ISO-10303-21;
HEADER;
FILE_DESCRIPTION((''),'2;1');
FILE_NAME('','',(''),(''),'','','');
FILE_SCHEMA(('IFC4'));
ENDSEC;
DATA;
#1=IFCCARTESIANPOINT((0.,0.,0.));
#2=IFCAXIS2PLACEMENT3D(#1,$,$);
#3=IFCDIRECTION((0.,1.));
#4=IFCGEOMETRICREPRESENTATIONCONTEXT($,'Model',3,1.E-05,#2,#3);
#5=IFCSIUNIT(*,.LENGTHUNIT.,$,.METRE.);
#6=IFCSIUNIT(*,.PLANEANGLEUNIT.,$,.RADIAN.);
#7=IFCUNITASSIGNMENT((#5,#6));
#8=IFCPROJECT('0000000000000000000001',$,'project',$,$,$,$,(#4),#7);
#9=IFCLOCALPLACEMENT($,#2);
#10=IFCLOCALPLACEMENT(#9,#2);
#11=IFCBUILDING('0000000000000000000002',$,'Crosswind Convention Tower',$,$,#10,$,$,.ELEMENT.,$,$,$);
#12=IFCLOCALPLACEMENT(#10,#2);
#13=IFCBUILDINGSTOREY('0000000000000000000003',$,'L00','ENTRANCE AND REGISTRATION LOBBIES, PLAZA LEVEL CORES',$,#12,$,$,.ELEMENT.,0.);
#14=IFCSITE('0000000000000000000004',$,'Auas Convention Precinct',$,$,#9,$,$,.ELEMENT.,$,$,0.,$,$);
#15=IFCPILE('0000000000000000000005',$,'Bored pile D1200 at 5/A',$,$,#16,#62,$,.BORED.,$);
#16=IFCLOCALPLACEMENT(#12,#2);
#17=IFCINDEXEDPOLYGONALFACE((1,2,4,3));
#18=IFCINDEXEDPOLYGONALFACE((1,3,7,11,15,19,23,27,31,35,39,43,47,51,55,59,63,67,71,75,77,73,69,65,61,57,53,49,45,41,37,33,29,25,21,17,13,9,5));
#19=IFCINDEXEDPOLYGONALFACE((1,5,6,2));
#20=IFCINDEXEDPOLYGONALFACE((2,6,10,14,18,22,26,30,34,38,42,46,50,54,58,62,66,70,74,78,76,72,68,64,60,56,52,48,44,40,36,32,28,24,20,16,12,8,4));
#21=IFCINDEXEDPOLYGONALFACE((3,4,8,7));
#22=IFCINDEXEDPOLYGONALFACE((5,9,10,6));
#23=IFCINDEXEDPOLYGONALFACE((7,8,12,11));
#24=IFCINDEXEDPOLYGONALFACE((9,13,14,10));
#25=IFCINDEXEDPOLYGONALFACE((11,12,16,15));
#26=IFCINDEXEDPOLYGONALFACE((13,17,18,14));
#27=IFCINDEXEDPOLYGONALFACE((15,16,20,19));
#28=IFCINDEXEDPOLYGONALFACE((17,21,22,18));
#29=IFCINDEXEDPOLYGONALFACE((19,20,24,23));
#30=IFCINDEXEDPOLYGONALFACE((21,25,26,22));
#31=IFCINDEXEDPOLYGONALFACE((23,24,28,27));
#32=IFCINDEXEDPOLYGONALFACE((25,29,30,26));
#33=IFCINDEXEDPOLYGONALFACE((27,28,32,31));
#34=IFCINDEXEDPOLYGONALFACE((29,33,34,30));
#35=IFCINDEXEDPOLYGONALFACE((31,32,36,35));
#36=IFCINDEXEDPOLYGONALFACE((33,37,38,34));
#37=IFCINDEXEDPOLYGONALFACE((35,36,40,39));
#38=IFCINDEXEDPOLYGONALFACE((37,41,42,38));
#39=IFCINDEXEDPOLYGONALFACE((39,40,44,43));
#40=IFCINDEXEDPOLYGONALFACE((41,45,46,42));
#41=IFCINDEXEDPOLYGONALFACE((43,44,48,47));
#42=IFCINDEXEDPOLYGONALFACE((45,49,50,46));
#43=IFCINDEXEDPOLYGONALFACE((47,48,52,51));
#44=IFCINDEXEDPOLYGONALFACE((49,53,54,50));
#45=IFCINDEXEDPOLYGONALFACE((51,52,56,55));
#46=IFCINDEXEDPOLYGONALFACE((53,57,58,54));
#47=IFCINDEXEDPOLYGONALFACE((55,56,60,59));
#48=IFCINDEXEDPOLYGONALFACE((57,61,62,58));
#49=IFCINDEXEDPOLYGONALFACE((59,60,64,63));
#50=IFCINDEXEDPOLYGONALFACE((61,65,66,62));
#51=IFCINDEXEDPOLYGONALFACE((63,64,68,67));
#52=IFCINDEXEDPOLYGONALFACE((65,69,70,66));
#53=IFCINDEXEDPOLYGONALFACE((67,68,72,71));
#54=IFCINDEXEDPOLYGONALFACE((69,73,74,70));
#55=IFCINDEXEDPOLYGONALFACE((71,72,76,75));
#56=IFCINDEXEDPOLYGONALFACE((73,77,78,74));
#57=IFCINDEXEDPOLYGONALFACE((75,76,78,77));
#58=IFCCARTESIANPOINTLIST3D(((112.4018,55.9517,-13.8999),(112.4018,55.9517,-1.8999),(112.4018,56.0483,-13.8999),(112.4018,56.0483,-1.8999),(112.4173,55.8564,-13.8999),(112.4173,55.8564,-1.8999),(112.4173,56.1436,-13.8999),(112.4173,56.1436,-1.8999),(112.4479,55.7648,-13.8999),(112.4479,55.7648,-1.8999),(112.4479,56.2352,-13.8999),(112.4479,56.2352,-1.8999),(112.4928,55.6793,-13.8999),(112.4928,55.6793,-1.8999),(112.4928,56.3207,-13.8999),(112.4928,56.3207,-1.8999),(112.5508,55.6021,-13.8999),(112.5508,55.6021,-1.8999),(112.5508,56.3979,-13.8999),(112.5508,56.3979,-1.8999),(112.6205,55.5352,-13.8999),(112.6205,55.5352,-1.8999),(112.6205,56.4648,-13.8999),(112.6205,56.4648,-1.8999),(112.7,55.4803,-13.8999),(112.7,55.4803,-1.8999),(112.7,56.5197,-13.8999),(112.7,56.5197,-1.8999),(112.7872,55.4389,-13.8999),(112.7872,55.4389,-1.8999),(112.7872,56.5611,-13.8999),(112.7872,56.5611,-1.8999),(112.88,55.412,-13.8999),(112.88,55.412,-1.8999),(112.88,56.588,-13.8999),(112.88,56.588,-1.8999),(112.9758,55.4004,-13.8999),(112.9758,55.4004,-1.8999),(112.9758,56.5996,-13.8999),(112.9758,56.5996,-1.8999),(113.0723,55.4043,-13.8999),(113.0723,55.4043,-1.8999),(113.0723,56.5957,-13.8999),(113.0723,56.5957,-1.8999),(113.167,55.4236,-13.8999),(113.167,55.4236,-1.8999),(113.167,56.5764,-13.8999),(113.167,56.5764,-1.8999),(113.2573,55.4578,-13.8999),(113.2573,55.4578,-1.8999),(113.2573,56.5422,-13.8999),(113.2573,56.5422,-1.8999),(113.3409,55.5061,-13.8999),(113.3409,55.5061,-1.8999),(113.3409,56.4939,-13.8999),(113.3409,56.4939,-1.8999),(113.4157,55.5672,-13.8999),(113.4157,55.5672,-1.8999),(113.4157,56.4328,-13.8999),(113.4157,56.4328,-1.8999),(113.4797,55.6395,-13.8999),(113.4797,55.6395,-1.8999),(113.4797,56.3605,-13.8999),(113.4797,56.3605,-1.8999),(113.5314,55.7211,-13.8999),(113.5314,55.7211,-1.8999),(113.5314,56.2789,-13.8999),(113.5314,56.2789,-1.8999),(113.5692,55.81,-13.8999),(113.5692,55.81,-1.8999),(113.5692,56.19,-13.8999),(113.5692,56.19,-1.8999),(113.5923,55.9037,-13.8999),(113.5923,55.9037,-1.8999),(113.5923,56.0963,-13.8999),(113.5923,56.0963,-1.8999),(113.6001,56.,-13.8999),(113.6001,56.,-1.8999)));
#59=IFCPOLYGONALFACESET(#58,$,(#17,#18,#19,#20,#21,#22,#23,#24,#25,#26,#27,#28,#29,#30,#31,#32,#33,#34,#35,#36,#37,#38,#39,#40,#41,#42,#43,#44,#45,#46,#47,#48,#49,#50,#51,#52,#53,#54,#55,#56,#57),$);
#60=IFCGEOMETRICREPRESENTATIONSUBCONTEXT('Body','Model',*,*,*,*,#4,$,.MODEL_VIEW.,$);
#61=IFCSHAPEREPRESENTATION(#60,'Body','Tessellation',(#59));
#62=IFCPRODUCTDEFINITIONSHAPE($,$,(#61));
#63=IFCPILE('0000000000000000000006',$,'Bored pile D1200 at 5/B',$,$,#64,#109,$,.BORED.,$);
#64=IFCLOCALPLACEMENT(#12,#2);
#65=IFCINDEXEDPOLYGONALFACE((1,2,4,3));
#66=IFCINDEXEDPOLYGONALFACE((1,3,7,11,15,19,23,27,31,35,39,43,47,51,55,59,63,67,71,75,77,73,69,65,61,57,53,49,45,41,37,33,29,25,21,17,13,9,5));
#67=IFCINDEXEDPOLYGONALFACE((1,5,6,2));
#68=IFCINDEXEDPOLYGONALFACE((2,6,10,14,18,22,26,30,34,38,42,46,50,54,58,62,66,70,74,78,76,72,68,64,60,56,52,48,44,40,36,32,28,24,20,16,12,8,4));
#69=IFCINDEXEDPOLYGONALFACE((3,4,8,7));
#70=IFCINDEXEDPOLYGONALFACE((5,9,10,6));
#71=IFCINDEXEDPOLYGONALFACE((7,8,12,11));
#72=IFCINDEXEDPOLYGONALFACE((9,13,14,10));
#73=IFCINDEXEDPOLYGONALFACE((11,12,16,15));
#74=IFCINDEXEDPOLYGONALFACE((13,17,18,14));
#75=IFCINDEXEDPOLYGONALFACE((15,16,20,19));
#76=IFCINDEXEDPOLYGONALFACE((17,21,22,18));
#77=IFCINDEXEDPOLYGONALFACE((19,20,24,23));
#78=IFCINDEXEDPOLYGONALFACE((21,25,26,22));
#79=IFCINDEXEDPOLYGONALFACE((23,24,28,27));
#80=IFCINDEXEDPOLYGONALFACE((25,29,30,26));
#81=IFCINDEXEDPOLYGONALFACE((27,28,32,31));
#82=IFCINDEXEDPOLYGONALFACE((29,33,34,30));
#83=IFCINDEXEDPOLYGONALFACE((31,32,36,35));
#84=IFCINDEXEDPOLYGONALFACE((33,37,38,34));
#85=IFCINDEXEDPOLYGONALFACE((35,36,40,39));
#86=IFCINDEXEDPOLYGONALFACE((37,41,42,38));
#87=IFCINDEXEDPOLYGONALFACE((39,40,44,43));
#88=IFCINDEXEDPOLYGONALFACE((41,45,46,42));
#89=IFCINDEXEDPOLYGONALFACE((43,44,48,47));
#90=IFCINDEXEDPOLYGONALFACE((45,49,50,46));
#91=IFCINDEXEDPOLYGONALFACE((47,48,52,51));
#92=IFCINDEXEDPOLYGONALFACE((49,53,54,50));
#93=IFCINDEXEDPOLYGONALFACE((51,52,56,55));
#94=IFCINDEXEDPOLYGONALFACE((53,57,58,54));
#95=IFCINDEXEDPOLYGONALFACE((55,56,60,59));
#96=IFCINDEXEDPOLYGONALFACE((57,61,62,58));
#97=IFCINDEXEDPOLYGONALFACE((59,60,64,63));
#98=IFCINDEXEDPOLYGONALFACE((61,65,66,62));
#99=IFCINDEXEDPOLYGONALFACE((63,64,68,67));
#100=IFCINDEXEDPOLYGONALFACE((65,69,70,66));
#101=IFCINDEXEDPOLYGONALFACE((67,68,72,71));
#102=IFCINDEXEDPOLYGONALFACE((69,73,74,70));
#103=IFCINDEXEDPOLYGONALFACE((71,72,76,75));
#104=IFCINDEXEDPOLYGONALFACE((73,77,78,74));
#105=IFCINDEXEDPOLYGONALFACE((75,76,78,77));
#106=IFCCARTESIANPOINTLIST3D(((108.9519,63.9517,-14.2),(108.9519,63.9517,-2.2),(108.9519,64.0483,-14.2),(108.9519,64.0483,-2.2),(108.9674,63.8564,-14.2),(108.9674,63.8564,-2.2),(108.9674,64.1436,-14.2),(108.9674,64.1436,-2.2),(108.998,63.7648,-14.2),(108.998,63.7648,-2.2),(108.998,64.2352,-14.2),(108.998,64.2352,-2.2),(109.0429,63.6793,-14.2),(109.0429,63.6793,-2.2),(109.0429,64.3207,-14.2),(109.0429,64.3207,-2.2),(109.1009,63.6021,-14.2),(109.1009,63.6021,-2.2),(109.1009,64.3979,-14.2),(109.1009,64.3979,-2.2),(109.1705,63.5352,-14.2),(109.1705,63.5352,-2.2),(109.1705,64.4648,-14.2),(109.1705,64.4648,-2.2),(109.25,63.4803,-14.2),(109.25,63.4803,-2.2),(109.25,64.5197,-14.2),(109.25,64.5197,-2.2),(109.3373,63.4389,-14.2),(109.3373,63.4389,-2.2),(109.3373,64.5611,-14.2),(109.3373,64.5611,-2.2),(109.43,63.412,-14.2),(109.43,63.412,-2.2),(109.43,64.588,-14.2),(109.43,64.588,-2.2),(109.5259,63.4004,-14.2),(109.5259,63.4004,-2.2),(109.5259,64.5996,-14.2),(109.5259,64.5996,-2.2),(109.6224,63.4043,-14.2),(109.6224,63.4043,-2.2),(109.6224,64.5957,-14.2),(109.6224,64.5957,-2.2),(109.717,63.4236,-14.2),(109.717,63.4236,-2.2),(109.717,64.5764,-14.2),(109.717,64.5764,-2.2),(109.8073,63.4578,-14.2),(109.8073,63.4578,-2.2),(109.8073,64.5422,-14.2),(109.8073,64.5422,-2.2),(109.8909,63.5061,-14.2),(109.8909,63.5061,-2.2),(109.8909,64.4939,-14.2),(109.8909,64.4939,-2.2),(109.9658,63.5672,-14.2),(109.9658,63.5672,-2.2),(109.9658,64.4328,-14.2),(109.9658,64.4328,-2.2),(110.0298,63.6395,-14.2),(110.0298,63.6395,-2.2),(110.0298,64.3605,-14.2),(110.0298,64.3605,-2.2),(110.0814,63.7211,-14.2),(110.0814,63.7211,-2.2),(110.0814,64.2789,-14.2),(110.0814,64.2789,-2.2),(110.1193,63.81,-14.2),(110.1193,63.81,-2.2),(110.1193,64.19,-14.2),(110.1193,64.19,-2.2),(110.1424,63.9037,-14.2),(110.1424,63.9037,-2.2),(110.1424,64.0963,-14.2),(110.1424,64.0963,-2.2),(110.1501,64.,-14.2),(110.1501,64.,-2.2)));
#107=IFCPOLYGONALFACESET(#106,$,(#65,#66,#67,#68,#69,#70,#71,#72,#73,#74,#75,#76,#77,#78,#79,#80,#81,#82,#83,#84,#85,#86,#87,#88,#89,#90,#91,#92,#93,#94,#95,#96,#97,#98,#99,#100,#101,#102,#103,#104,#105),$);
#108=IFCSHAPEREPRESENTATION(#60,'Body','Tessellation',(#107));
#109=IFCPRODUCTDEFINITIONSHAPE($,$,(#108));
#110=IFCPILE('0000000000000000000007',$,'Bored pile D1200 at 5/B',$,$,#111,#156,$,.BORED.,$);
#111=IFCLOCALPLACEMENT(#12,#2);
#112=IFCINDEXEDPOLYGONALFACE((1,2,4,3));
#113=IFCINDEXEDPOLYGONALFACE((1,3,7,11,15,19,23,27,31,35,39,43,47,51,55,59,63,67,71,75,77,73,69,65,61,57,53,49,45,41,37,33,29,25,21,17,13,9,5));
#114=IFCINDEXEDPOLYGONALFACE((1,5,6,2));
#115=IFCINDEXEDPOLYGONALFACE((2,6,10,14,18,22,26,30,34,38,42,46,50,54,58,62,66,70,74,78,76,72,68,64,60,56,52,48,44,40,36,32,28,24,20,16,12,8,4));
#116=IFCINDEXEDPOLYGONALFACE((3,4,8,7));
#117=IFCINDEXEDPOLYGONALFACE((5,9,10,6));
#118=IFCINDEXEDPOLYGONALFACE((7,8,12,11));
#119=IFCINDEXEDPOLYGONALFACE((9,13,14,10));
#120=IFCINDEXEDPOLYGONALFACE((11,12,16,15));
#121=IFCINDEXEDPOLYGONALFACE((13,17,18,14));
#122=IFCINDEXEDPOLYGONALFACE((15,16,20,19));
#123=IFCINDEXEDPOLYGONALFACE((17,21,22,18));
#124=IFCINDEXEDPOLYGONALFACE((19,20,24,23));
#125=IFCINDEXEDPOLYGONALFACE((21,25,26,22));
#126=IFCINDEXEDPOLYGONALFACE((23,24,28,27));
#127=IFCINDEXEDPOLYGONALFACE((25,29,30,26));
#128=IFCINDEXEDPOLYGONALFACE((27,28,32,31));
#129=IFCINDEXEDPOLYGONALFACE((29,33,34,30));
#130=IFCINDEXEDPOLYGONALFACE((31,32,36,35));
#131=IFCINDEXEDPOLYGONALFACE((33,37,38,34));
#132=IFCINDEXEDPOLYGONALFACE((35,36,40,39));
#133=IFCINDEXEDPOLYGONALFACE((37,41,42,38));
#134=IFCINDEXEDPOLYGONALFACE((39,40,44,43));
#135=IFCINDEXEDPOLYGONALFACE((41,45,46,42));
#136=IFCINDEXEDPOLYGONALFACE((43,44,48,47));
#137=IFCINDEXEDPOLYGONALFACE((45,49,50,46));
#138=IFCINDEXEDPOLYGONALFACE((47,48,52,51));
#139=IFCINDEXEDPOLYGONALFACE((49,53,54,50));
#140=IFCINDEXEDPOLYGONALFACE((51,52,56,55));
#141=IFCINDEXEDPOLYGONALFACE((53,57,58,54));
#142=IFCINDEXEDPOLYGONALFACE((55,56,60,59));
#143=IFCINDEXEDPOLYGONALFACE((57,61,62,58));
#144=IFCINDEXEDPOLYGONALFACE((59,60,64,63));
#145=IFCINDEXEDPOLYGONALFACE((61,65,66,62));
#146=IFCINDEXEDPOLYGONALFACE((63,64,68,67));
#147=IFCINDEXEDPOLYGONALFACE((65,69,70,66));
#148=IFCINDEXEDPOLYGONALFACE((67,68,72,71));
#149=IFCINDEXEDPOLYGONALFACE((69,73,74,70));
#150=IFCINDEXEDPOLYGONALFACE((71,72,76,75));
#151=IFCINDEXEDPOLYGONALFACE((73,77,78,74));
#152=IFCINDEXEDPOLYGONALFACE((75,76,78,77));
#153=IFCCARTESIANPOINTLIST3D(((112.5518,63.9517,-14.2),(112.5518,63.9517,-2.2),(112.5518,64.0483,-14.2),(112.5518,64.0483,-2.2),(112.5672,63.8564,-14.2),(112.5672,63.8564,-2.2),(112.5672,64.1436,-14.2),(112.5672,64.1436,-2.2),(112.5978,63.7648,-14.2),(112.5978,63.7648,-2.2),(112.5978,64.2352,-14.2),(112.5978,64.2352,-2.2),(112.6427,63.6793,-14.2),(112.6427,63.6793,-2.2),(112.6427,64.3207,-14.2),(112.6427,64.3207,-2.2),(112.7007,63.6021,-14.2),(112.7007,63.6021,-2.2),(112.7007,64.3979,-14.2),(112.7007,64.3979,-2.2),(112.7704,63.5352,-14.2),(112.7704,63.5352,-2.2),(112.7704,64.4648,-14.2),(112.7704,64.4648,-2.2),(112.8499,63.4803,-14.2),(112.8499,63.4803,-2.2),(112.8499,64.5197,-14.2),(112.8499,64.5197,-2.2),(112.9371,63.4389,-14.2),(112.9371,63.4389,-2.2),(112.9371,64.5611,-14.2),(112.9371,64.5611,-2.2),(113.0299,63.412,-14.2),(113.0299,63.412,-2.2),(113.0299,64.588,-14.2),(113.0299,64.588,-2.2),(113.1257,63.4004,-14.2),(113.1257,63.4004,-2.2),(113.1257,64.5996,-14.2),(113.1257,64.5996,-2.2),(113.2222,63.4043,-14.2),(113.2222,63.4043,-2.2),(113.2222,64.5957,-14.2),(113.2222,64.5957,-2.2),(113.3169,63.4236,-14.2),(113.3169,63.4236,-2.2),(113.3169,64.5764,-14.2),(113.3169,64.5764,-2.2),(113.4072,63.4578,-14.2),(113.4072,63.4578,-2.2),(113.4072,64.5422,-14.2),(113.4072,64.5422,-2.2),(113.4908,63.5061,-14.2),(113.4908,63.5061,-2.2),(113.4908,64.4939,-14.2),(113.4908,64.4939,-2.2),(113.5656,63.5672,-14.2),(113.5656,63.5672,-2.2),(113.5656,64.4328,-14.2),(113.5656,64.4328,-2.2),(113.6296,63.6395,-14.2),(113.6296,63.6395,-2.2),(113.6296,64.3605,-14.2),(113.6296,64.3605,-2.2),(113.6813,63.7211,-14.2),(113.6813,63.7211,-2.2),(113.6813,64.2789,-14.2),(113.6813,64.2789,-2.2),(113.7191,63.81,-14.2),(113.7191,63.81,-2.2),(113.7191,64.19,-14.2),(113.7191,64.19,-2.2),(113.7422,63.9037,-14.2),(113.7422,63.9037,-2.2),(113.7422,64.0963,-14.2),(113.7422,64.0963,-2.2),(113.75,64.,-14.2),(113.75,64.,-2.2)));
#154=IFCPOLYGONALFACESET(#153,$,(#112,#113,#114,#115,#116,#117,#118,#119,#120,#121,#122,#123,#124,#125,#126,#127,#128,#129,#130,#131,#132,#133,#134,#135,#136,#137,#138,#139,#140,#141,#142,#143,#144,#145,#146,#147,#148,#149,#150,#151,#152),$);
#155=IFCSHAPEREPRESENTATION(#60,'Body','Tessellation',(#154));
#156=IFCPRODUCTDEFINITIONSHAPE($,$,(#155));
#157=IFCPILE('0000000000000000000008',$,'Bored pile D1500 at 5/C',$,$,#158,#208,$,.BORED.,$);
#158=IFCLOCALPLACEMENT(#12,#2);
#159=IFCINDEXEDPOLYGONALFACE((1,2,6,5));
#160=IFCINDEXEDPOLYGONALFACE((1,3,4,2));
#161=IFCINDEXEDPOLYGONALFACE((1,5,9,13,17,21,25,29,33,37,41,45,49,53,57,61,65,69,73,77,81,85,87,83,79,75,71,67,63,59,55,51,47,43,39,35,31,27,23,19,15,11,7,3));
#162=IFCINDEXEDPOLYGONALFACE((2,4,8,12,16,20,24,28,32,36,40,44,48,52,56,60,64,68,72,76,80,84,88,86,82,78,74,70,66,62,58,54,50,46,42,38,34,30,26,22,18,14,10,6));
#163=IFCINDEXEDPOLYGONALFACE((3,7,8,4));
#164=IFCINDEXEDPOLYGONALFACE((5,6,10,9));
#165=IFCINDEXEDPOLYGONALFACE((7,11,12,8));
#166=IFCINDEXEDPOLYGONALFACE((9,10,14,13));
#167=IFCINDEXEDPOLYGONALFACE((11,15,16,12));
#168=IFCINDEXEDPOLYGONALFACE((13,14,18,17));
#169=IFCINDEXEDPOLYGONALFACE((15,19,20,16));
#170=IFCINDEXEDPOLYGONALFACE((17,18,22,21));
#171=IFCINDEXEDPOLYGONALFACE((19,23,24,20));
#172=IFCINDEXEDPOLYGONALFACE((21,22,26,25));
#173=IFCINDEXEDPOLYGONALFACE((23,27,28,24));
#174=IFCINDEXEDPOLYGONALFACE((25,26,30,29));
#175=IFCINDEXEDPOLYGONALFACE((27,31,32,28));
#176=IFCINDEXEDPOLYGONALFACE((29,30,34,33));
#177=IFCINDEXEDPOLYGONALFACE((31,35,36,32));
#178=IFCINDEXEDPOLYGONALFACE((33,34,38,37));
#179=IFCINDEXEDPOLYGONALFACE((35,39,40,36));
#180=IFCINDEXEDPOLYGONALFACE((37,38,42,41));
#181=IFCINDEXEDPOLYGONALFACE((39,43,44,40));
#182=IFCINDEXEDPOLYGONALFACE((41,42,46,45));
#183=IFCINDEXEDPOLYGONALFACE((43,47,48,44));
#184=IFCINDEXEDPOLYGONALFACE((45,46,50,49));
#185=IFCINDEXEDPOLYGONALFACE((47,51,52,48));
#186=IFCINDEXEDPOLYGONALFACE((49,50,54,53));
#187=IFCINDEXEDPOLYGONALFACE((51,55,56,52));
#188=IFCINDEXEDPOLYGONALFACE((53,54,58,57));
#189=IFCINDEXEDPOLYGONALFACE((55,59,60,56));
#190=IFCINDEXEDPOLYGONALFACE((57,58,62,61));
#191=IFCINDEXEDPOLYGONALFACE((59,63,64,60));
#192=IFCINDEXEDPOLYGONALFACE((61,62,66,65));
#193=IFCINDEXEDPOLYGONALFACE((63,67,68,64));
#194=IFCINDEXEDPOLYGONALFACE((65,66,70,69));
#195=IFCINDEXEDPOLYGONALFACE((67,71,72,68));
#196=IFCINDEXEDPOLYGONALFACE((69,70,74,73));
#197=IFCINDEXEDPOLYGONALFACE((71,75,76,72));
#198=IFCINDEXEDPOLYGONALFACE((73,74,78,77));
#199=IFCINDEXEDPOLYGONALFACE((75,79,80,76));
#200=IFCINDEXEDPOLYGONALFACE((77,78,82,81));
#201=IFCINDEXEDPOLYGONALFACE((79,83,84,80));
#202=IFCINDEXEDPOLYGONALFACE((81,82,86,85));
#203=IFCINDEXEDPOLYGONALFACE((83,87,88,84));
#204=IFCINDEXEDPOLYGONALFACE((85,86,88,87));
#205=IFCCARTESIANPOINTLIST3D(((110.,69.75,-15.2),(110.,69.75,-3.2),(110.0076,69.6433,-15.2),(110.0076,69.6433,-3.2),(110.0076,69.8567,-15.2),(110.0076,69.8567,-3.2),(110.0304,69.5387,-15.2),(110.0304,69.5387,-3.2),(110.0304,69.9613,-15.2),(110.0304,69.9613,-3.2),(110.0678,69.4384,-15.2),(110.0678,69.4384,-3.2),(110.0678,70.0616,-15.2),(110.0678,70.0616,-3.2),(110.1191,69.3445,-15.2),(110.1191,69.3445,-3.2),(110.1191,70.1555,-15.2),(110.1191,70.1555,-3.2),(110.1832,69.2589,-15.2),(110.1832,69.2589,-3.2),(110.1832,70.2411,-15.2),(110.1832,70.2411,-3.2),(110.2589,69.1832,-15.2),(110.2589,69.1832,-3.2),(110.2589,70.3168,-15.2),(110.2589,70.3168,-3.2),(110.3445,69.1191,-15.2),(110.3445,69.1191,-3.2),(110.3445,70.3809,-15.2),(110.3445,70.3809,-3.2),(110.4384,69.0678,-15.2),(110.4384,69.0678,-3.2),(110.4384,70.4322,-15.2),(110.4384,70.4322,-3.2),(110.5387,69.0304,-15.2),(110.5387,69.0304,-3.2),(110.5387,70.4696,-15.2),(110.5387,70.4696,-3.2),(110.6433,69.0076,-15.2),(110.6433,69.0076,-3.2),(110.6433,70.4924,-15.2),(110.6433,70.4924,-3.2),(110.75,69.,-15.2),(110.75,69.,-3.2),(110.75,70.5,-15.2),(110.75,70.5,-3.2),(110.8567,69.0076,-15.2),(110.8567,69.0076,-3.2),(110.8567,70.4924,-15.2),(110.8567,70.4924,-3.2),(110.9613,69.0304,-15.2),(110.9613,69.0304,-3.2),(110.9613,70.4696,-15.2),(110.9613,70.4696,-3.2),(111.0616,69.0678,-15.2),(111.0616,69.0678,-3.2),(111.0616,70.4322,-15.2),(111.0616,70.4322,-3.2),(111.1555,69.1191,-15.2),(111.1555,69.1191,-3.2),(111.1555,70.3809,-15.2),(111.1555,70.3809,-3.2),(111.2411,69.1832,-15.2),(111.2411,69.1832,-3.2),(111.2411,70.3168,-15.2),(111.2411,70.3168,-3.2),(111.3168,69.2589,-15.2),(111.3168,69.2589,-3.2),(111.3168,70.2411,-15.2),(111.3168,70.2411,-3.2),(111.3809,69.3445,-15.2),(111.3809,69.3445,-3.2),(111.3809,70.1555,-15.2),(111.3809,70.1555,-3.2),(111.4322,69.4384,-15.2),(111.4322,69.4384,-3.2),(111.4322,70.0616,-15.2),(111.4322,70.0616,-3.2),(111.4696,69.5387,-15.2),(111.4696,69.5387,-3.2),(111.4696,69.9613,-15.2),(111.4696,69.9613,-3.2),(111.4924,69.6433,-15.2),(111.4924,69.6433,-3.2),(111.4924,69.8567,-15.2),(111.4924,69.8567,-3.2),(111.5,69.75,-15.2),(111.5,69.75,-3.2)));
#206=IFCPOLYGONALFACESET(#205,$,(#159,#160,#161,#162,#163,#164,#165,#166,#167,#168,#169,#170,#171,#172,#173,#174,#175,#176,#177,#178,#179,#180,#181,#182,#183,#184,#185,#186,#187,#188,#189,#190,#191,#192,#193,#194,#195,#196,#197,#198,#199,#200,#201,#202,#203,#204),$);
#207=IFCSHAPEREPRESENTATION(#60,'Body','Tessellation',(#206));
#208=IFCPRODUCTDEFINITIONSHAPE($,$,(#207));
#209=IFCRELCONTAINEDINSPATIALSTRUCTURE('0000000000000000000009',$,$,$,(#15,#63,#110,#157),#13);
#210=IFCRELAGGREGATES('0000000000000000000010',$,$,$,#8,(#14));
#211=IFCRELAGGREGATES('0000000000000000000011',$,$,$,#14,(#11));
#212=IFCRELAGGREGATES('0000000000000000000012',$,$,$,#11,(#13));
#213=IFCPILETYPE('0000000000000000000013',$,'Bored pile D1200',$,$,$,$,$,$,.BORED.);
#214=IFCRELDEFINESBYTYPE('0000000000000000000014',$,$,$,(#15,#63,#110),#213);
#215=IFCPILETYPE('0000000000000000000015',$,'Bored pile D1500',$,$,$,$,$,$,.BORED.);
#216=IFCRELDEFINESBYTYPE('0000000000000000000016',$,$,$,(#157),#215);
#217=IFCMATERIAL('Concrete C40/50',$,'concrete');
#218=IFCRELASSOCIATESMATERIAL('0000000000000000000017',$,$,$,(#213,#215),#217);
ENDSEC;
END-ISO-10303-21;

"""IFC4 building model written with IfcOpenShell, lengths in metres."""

from ifc_helpers import new_model, si_unit, direction, frame, origin, origin_2d, place, context, subcontext, project, spatial, circle, extrude, material, material_profile, profile_set, type_object, element, save


model = new_model("IFC4")

# Units and contexts
model_context = context("Model", 3, precision=1e-05, world=origin(), true_north=direction((0.0, 1.0)))
body_context = subcontext(model_context, "Body", "Model", "MODEL_VIEW")
ifc_project = project(units=[si_unit("LENGTHUNIT", "METRE"), si_unit("PLANEANGLEUNIT", "RADIAN")], contexts=[model_context])

# Site, building, storey
site_placement = place(None, origin())
site = spatial("IfcSite", under=ifc_project, at=site_placement, Name="Auas Convention Precinct", CompositionType="ELEMENT", RefElevation=0.0)
building_placement = place(site_placement, origin())
building = spatial("IfcBuilding", under=site, at=building_placement, Name="Crosswind Convention Tower", CompositionType="ELEMENT")
storey_placement = place(building_placement, origin())
storey = spatial("IfcBuildingStorey", under=building, at=storey_placement, Name="L00", Description="ENTRANCE AND REGISTRATION LOBBIES, PLAZA LEVEL CORES", CompositionType="ELEMENT", Elevation=0.0)

# Piles
ifc_material_1 = material(Name="Concrete C40/50", Category="concrete")
ifc_material_profile_1 = material_profile(ifc_material_1, circle(Radius=0.6001, at=origin_2d()), Name="Bored pile D1200")
ifc_profile_set_1 = profile_set([ifc_material_profile_1], Name="Concrete C40/50")
pile_type_1 = type_object("IfcPileType", Name="Bored pile D1200", PredefinedType="BORED", material=ifc_profile_set_1)
for number, where, z_axis, x_axis, name in (
    (1, (113.0, 56.0, -1.8999), (0.0, 0.0, -1.0), (1.0, 0.0, 0.0), "Bored pile D1200 at 5/A"),
    (2, (109.55, 64.0, -2.2), (0.0, 0.0, -1.0), (1.0, 0.0, 0.0), "Bored pile D1200 at 5/B"),
    (3, (113.1499, 64.0, -2.2), (0.0, 0.0, -1.0), (1.0, 0.0, 0.0), "Bored pile D1200 at 5/B"),
):
    element("IfcPile", number, at=place(storey_placement, frame(where, z_axis=z_axis, x_axis=x_axis)), inside=storey, type_object=pile_type_1, Name=name, PredefinedType="BORED", context=body_context, shape_type="SweptSolid", body=[
        extrude(circle(Radius=0.6001, at=origin_2d()), origin(), (0.0, 0.0, 1.0), 12.0),
    ])
ifc_material_profile_2 = material_profile(ifc_material_1, circle(Radius=0.75, at=origin_2d()), Name="Bored pile D1500")
ifc_profile_set_2 = profile_set([ifc_material_profile_2], Name="Concrete C40/50")
pile_type_2 = type_object("IfcPileType", Name="Bored pile D1500", PredefinedType="BORED", material=ifc_profile_set_2)
for number, where, z_axis, x_axis, name in (
    (4, (110.75, 69.75, -3.2), (0.0, 0.0, -1.0), (1.0, 0.0, 0.0), "Bored pile D1500 at 5/C"),
):
    element("IfcPile", number, at=place(storey_placement, frame(where, z_axis=z_axis, x_axis=x_axis)), inside=storey, type_object=pile_type_2, Name=name, PredefinedType="BORED", context=body_context, shape_type="SweptSolid", body=[
        extrude(circle(Radius=0.75, at=origin_2d()), origin(), (0.0, 0.0, 1.0), 12.0),
    ])

save(model, "model.ifc")
